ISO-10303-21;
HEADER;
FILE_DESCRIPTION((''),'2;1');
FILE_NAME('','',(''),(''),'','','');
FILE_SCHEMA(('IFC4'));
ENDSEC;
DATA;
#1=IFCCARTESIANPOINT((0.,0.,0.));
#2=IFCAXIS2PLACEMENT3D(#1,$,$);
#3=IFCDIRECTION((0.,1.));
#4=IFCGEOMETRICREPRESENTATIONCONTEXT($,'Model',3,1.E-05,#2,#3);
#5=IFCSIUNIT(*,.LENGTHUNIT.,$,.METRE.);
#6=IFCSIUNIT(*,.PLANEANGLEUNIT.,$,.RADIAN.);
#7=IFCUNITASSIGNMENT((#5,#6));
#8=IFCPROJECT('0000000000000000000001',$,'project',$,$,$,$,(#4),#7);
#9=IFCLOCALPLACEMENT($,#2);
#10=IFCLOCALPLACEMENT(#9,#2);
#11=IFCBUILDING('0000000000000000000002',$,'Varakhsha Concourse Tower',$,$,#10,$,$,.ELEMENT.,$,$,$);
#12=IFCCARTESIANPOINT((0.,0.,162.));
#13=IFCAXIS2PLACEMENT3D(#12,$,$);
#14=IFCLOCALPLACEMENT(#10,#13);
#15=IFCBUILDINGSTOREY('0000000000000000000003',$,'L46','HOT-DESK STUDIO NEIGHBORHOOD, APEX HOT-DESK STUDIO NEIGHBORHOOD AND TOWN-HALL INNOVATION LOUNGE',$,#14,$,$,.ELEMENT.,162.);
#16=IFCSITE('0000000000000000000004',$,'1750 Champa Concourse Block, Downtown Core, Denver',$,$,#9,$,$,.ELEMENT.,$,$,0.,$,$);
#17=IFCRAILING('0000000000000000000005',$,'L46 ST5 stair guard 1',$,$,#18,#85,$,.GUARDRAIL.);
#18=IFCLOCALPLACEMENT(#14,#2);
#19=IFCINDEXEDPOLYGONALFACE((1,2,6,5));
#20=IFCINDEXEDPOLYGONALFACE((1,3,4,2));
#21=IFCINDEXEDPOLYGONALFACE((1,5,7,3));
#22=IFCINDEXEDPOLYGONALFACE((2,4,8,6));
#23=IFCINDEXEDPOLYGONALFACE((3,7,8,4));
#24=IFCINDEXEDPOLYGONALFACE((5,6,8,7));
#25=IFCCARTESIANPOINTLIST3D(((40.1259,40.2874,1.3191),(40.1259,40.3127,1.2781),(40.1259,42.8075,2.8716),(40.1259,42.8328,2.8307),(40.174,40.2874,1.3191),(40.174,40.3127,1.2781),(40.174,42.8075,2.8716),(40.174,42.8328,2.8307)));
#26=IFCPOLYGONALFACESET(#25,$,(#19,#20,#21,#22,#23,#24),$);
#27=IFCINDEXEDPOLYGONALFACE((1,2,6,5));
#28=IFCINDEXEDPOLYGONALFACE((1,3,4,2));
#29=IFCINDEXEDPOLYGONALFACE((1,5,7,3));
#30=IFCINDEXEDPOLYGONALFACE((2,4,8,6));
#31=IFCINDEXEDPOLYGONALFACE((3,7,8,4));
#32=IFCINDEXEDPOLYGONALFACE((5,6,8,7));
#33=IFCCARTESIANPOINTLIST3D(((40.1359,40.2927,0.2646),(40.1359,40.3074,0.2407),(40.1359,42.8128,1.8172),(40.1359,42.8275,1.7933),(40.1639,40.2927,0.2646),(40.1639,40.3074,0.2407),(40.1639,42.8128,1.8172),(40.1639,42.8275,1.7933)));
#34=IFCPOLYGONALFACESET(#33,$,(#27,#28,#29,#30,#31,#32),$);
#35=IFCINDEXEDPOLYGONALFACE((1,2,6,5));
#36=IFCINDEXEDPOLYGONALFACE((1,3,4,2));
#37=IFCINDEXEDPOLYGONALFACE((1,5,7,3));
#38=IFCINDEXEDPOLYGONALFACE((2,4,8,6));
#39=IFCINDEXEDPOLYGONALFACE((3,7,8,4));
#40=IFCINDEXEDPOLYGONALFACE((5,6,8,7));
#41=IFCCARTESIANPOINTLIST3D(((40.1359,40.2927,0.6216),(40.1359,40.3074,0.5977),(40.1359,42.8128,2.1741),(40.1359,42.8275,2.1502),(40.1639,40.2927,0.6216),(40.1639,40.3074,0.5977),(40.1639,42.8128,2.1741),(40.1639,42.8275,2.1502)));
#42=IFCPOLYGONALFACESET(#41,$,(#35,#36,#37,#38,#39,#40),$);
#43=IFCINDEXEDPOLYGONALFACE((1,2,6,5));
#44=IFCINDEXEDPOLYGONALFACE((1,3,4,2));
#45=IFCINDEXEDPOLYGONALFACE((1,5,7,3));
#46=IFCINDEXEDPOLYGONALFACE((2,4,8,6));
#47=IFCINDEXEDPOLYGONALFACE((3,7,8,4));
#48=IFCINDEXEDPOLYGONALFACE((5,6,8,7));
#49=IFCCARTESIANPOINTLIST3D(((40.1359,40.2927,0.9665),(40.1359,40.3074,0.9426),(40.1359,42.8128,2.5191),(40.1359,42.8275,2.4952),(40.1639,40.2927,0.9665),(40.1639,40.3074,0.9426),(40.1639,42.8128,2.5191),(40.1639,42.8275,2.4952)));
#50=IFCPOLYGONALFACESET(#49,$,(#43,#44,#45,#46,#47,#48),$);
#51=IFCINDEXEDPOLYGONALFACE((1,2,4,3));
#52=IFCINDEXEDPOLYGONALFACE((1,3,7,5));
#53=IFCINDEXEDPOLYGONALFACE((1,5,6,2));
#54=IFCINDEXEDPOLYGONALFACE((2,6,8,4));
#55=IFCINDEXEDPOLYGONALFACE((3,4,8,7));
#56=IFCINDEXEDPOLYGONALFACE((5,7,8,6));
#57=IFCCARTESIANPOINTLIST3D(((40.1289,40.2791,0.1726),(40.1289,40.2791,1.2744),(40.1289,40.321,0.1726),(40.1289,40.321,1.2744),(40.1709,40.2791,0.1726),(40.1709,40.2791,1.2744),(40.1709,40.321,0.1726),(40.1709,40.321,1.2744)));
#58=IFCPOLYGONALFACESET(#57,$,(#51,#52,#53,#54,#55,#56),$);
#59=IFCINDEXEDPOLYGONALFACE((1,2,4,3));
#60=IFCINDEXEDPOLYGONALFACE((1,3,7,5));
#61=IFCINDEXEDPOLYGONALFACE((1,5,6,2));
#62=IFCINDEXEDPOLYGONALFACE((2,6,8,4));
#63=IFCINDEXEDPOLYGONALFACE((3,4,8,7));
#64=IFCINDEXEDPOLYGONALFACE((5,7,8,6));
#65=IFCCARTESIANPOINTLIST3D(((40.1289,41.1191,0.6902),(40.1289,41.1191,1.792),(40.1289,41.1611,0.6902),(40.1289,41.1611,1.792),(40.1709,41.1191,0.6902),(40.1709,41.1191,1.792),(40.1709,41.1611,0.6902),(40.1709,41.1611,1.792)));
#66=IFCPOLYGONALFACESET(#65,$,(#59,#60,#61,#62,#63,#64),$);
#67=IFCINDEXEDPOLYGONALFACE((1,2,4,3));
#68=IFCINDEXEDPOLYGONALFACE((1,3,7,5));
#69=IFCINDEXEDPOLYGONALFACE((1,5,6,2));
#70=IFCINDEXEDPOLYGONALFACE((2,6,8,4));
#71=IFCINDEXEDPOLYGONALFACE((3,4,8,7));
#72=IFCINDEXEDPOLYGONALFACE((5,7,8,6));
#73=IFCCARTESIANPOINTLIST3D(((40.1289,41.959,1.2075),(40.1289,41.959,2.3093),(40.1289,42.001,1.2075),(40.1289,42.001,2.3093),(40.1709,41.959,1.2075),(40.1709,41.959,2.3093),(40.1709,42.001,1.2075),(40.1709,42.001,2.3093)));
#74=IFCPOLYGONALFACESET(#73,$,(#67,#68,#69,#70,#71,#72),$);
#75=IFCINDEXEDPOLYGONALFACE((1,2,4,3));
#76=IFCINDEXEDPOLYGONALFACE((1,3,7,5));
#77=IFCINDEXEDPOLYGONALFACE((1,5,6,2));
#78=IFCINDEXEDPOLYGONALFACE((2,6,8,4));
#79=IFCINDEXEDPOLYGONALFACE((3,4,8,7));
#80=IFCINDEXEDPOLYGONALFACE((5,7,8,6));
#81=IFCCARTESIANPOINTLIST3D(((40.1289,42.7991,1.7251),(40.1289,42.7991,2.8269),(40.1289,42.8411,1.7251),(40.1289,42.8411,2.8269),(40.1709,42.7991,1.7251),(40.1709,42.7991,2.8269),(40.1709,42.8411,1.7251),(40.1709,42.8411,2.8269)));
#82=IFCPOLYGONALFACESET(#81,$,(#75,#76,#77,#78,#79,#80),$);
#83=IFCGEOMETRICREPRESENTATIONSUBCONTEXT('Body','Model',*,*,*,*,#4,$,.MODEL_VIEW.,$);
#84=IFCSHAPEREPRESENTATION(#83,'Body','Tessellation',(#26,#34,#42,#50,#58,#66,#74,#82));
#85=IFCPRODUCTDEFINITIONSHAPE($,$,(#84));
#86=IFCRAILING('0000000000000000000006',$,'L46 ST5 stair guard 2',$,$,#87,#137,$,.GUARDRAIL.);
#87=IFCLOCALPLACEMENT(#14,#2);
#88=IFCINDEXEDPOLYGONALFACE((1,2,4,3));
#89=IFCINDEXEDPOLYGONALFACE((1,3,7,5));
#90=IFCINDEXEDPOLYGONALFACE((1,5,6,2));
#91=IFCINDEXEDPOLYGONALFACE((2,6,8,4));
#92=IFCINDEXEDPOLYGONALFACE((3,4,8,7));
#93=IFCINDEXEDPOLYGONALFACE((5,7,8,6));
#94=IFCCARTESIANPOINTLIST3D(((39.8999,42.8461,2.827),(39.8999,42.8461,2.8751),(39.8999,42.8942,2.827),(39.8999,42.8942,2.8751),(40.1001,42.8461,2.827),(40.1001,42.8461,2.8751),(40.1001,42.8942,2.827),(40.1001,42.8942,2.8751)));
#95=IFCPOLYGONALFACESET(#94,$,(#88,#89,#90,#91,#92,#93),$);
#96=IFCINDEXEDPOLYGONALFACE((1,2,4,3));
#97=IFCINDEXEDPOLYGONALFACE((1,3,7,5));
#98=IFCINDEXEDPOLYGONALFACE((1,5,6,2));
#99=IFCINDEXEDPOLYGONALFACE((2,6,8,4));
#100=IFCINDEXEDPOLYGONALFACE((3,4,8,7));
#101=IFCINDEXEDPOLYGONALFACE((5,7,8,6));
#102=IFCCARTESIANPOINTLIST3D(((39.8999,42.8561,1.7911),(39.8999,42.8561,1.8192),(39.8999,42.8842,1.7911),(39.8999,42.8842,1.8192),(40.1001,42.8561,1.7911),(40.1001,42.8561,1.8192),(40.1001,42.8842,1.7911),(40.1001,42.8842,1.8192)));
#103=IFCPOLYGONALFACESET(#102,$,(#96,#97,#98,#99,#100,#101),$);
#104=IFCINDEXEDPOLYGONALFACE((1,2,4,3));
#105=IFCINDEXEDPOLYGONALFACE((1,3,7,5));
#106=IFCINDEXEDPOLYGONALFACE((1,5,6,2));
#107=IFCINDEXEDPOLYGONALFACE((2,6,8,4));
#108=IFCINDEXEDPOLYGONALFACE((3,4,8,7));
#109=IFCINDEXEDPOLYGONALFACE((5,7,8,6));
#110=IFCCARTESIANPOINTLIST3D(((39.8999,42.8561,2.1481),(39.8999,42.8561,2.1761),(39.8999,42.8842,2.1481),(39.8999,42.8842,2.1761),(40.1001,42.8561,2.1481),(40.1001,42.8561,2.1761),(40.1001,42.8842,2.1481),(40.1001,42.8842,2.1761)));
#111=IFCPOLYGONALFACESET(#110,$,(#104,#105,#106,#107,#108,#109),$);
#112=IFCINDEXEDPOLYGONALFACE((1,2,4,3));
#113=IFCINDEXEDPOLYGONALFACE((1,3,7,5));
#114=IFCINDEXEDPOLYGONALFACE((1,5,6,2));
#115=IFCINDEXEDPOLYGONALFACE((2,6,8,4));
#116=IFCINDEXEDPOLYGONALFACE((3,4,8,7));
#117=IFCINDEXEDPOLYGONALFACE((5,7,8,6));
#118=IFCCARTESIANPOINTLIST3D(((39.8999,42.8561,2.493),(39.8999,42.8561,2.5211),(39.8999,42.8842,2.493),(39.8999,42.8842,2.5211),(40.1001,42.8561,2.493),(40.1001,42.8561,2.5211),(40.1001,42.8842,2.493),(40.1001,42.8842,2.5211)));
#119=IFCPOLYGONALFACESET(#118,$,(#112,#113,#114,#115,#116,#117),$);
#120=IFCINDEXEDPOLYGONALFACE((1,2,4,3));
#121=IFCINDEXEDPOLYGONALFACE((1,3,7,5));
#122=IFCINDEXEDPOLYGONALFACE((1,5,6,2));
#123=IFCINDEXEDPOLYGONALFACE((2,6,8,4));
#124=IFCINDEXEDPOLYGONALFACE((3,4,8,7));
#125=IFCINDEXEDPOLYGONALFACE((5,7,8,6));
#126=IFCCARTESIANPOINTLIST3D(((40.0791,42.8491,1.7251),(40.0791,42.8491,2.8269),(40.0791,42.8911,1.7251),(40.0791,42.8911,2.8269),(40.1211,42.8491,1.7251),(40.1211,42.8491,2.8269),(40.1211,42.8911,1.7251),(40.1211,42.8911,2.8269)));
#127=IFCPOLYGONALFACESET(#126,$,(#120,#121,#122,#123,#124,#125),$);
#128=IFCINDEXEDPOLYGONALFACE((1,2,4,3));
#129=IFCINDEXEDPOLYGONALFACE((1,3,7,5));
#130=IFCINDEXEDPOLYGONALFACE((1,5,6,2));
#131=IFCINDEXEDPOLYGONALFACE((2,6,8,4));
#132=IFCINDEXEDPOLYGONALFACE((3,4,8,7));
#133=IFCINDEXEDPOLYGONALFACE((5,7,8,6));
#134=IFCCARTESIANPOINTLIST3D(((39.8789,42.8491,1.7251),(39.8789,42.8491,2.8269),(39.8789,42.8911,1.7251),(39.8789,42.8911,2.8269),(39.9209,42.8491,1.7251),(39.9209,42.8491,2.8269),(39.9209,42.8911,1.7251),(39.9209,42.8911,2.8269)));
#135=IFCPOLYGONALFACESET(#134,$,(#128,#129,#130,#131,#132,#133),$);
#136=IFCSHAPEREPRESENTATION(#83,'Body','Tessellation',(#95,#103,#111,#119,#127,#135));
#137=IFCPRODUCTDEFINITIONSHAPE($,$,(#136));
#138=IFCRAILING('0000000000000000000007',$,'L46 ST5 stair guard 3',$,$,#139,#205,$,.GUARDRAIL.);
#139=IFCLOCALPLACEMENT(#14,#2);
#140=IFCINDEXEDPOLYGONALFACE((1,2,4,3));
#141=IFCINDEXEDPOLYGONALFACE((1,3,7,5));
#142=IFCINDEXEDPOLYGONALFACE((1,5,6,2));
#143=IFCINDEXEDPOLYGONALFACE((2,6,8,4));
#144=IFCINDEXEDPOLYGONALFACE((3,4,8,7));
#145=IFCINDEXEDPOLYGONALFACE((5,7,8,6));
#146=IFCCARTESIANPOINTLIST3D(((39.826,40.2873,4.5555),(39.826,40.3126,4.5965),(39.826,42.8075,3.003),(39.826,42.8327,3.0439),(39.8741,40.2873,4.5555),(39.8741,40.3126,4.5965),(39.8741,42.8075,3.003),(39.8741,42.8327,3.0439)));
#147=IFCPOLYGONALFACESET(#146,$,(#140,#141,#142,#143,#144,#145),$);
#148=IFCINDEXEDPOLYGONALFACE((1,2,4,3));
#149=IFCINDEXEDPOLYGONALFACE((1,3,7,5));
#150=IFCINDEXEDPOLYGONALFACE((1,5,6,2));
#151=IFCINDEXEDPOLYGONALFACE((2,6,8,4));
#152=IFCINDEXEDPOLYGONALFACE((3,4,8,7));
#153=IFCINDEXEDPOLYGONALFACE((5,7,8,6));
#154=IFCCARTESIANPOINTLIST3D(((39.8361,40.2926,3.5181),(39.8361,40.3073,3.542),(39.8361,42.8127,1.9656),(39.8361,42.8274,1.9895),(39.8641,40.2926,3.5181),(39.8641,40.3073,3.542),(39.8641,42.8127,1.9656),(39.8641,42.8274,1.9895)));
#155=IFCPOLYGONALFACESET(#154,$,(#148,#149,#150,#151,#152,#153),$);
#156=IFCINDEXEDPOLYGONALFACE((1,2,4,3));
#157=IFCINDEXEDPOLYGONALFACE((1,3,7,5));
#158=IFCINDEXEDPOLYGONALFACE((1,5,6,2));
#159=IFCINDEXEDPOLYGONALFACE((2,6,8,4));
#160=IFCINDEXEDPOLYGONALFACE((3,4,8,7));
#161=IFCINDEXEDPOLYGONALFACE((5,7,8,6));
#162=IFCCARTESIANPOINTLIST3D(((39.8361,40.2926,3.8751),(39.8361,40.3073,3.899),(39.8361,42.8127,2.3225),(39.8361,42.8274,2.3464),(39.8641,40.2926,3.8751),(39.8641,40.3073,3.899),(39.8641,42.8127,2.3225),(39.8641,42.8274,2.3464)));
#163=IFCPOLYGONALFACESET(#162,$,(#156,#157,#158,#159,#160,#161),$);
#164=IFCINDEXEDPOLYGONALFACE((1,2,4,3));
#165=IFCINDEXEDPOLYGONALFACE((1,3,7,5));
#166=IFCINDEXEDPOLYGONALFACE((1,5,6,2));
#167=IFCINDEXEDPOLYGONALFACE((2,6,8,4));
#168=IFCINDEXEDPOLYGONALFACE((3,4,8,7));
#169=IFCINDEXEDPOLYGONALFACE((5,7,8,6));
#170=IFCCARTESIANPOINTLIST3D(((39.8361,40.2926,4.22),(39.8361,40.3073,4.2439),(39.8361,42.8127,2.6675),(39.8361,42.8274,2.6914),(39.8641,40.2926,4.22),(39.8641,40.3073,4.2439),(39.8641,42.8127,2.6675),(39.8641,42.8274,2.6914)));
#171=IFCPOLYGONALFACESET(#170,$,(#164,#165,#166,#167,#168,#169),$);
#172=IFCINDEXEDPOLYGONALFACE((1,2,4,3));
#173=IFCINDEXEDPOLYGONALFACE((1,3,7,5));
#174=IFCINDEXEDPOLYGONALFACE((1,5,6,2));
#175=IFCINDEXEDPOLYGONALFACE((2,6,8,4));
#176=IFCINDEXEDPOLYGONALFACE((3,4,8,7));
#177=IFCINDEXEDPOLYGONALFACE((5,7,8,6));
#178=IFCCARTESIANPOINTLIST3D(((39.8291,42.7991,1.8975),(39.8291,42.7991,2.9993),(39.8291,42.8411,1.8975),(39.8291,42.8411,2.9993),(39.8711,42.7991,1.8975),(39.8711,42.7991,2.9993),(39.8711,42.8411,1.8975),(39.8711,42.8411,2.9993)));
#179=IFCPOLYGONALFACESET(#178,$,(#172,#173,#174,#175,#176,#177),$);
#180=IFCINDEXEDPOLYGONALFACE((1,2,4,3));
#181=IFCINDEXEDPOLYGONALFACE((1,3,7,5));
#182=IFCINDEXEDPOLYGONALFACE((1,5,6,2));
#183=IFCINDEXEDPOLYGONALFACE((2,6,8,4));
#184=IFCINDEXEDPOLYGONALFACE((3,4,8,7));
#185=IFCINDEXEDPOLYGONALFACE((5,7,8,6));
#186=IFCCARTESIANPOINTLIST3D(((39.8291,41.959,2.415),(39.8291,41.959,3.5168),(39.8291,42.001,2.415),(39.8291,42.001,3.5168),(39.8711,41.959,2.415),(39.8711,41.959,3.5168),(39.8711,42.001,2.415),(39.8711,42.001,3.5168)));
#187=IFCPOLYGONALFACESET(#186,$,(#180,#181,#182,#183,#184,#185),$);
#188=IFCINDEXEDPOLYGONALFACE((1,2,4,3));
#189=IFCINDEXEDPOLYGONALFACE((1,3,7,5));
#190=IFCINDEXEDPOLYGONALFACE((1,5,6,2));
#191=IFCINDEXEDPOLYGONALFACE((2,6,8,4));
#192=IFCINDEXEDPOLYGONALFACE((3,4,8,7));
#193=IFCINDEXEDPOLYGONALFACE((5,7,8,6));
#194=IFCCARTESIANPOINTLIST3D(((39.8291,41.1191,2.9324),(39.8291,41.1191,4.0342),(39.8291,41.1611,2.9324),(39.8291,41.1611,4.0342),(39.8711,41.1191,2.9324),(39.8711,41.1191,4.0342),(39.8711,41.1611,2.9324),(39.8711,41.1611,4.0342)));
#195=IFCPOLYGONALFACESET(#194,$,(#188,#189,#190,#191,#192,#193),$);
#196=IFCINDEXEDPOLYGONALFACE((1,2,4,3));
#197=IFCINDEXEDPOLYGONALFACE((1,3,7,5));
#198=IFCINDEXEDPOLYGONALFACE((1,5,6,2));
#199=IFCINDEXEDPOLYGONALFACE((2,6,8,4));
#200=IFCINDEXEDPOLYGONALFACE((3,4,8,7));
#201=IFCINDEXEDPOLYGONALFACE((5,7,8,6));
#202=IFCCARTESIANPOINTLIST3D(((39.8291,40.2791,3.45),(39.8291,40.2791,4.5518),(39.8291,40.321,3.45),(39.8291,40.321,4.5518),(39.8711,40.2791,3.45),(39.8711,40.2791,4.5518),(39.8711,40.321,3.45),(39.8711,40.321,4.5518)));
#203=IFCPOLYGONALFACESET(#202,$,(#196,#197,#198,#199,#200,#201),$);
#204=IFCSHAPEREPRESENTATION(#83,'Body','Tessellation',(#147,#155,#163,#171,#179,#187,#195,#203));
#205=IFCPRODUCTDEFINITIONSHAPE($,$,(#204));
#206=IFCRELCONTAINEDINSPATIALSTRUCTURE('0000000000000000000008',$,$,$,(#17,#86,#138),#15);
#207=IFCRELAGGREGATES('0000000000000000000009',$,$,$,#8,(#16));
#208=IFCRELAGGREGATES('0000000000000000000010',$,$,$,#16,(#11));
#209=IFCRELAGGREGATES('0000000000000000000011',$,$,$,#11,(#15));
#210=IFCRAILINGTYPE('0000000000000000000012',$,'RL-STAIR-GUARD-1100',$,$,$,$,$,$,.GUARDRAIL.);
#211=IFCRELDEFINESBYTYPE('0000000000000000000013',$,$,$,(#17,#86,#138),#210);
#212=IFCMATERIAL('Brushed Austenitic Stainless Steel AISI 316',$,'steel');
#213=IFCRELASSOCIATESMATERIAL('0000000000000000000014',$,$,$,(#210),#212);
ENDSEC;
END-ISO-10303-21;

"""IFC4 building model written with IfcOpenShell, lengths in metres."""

from ifc_helpers import new_model, si_unit, direction, frame, origin, origin_2d, place, context, subcontext, project, spatial, rectangle, extrude, material, type_object, element, save


model = new_model("IFC4")

# Units and contexts
model_context = context("Model", 3, precision=1e-05, world=origin(), true_north=direction((0.0, 1.0)))
body_context = subcontext(model_context, "Body", "Model", "MODEL_VIEW")
ifc_project = project(units=[si_unit("LENGTHUNIT", "METRE"), si_unit("PLANEANGLEUNIT", "RADIAN")], contexts=[model_context])

# Site, building, storey
site_placement = place(None, origin())
site = spatial("IfcSite", under=ifc_project, at=site_placement, Name="1750 Champa Concourse Block, Downtown Core, Denver", CompositionType="ELEMENT", RefElevation=0.0)
building_placement = place(site_placement, origin())
building = spatial("IfcBuilding", under=site, at=building_placement, Name="Varakhsha Concourse Tower", CompositionType="ELEMENT")
storey_placement = place(building_placement, frame((0.0, 0.0, 162.0)))
storey = spatial("IfcBuildingStorey", under=building, at=storey_placement, Name="L46", Description="HOT-DESK STUDIO NEIGHBORHOOD, APEX HOT-DESK STUDIO NEIGHBORHOOD AND TOWN-HALL INNOVATION LOUNGE", CompositionType="ELEMENT", Elevation=162.0)

# Railings
ifc_material_1 = material(Name="Brushed Austenitic Stainless Steel AISI 316", Category="steel")
railing_type_1 = type_object("IfcRailingType", Name="RL-STAIR-GUARD-1100", PredefinedType="GUARDRAIL", material=ifc_material_1)
railing_1_placement = place(storey_placement, frame((40.1499, 40.3, 0.1726)))
element("IfcRailing", 1, at=railing_1_placement, inside=storey, type_object=railing_type_1, Name="L46 ST5 stair guard 1", PredefinedType="GUARDRAIL", context=body_context, shape_type="SweptSolid", body=[
    extrude(rectangle(XDim=0.0481, YDim=0.0481, at=origin_2d()), frame((0.0, 0.0, 1.126), z_axis=(0.0, 0.8514, 0.524516), x_axis=(-1.0, 0.0, 0.0)), (0.0, 0.0, 1.0), 2.96),
    extrude(rectangle(XDim=0.0281, YDim=0.0281, at=origin_2d()), frame((0.0, 0.0, 0.0801), z_axis=(0.0, 0.8514, 0.524516), x_axis=(-1.0, 0.0, 0.0)), (0.0, 0.0, 1.0), 2.96),
    extrude(rectangle(XDim=0.0281, YDim=0.0281, at=origin_2d()), frame((0.0, 0.0, 0.437), z_axis=(0.0, 0.8514, 0.524516), x_axis=(-1.0, 0.0, 0.0)), (0.0, 0.0, 1.0), 2.96),
    extrude(rectangle(XDim=0.0281, YDim=0.0281, at=origin_2d()), frame((0.0, 0.0, 0.782), z_axis=(0.0, 0.8514, 0.524516), x_axis=(-1.0, 0.0, 0.0)), (0.0, 0.0, 1.0), 2.96),
    extrude(rectangle(XDim=0.042, YDim=0.042, at=origin_2d()), origin(), (0.0, 0.0, 1.0), 1.1018),
    extrude(rectangle(XDim=0.042, YDim=0.042, at=origin_2d()), frame((0.0, 0.8401, 0.5176)), (0.0, 0.0, 1.0), 1.1018),
    extrude(rectangle(XDim=0.042, YDim=0.042, at=origin_2d()), frame((0.0, 1.6799, 1.0349)), (0.0, 0.0, 1.0), 1.1018),
    extrude(rectangle(XDim=0.042, YDim=0.042, at=origin_2d()), frame((0.0, 2.52, 1.5525)), (0.0, 0.0, 1.0), 1.1018),
])
railing_2_placement = place(storey_placement, frame((40.1001, 42.8701, 1.7251)))
element("IfcRailing", 2, at=railing_2_placement, inside=storey, type_object=railing_type_1, Name="L46 ST5 stair guard 2", PredefinedType="GUARDRAIL", context=body_context, shape_type="SweptSolid", body=[
    extrude(rectangle(XDim=0.0481, YDim=0.0481, at=origin_2d()), frame((0.0, 0.0, 1.126), z_axis=(-1.0, 0.0, 0.0), x_axis=(0.0, -1.0, 0.0)), (0.0, 0.0, 1.0), 0.2002),
    extrude(rectangle(XDim=0.0281, YDim=0.0281, at=origin_2d()), frame((0.0, 0.0, 0.0801), z_axis=(-1.0, 0.0, 0.0), x_axis=(0.0, -1.0, 0.0)), (0.0, 0.0, 1.0), 0.2002),
    extrude(rectangle(XDim=0.0281, YDim=0.0281, at=origin_2d()), frame((0.0, 0.0, 0.437), z_axis=(-1.0, 0.0, 0.0), x_axis=(0.0, -1.0, 0.0)), (0.0, 0.0, 1.0), 0.2002),
    extrude(rectangle(XDim=0.0281, YDim=0.0281, at=origin_2d()), frame((0.0, 0.0, 0.782), z_axis=(-1.0, 0.0, 0.0), x_axis=(0.0, -1.0, 0.0)), (0.0, 0.0, 1.0), 0.2002),
    extrude(rectangle(XDim=0.042, YDim=0.042, at=origin_2d()), origin(), (0.0, 0.0, 1.0), 1.1018),
    extrude(rectangle(XDim=0.042, YDim=0.042, at=origin_2d()), frame((-0.2002, 0.0, 0.0)), (0.0, 0.0, 1.0), 1.1018),
])
railing_3_placement = place(storey_placement, frame((39.8501, 42.8201, 1.8975)))
element("IfcRailing", 3, at=railing_3_placement, inside=storey, type_object=railing_type_1, Name="L46 ST5 stair guard 3", PredefinedType="GUARDRAIL", context=body_context, shape_type="SweptSolid", body=[
    extrude(rectangle(XDim=0.0481, YDim=0.0481, at=origin_2d()), frame((0.0, 0.0, 1.126), z_axis=(0.0, -0.8514, 0.524516), x_axis=(1.0, 0.0, 0.0)), (0.0, 0.0, 1.0), 2.96),
    extrude(rectangle(XDim=0.0281, YDim=0.0281, at=origin_2d()), frame((0.0, 0.0, 0.0801), z_axis=(0.0, -0.8514, 0.524516), x_axis=(1.0, 0.0, 0.0)), (0.0, 0.0, 1.0), 2.96),
    extrude(rectangle(XDim=0.0281, YDim=0.0281, at=origin_2d()), frame((0.0, 0.0, 0.437), z_axis=(0.0, -0.8514, 0.524516), x_axis=(1.0, 0.0, 0.0)), (0.0, 0.0, 1.0), 2.96),
    extrude(rectangle(XDim=0.0281, YDim=0.0281, at=origin_2d()), frame((0.0, 0.0, 0.782), z_axis=(0.0, -0.8514, 0.524516), x_axis=(1.0, 0.0, 0.0)), (0.0, 0.0, 1.0), 2.96),
    extrude(rectangle(XDim=0.042, YDim=0.042, at=origin_2d()), origin(), (0.0, 0.0, 1.0), 1.1018),
    extrude(rectangle(XDim=0.042, YDim=0.042, at=origin_2d()), frame((0.0, -0.8401, 0.5176)), (0.0, 0.0, 1.0), 1.1018),
    extrude(rectangle(XDim=0.042, YDim=0.042, at=origin_2d()), frame((0.0, -1.6799, 1.0349)), (0.0, 0.0, 1.0), 1.1018),
    extrude(rectangle(XDim=0.042, YDim=0.042, at=origin_2d()), frame((0.0, -2.52, 1.5525)), (0.0, 0.0, 1.0), 1.1018),
])

save(model, "model.ifc")
